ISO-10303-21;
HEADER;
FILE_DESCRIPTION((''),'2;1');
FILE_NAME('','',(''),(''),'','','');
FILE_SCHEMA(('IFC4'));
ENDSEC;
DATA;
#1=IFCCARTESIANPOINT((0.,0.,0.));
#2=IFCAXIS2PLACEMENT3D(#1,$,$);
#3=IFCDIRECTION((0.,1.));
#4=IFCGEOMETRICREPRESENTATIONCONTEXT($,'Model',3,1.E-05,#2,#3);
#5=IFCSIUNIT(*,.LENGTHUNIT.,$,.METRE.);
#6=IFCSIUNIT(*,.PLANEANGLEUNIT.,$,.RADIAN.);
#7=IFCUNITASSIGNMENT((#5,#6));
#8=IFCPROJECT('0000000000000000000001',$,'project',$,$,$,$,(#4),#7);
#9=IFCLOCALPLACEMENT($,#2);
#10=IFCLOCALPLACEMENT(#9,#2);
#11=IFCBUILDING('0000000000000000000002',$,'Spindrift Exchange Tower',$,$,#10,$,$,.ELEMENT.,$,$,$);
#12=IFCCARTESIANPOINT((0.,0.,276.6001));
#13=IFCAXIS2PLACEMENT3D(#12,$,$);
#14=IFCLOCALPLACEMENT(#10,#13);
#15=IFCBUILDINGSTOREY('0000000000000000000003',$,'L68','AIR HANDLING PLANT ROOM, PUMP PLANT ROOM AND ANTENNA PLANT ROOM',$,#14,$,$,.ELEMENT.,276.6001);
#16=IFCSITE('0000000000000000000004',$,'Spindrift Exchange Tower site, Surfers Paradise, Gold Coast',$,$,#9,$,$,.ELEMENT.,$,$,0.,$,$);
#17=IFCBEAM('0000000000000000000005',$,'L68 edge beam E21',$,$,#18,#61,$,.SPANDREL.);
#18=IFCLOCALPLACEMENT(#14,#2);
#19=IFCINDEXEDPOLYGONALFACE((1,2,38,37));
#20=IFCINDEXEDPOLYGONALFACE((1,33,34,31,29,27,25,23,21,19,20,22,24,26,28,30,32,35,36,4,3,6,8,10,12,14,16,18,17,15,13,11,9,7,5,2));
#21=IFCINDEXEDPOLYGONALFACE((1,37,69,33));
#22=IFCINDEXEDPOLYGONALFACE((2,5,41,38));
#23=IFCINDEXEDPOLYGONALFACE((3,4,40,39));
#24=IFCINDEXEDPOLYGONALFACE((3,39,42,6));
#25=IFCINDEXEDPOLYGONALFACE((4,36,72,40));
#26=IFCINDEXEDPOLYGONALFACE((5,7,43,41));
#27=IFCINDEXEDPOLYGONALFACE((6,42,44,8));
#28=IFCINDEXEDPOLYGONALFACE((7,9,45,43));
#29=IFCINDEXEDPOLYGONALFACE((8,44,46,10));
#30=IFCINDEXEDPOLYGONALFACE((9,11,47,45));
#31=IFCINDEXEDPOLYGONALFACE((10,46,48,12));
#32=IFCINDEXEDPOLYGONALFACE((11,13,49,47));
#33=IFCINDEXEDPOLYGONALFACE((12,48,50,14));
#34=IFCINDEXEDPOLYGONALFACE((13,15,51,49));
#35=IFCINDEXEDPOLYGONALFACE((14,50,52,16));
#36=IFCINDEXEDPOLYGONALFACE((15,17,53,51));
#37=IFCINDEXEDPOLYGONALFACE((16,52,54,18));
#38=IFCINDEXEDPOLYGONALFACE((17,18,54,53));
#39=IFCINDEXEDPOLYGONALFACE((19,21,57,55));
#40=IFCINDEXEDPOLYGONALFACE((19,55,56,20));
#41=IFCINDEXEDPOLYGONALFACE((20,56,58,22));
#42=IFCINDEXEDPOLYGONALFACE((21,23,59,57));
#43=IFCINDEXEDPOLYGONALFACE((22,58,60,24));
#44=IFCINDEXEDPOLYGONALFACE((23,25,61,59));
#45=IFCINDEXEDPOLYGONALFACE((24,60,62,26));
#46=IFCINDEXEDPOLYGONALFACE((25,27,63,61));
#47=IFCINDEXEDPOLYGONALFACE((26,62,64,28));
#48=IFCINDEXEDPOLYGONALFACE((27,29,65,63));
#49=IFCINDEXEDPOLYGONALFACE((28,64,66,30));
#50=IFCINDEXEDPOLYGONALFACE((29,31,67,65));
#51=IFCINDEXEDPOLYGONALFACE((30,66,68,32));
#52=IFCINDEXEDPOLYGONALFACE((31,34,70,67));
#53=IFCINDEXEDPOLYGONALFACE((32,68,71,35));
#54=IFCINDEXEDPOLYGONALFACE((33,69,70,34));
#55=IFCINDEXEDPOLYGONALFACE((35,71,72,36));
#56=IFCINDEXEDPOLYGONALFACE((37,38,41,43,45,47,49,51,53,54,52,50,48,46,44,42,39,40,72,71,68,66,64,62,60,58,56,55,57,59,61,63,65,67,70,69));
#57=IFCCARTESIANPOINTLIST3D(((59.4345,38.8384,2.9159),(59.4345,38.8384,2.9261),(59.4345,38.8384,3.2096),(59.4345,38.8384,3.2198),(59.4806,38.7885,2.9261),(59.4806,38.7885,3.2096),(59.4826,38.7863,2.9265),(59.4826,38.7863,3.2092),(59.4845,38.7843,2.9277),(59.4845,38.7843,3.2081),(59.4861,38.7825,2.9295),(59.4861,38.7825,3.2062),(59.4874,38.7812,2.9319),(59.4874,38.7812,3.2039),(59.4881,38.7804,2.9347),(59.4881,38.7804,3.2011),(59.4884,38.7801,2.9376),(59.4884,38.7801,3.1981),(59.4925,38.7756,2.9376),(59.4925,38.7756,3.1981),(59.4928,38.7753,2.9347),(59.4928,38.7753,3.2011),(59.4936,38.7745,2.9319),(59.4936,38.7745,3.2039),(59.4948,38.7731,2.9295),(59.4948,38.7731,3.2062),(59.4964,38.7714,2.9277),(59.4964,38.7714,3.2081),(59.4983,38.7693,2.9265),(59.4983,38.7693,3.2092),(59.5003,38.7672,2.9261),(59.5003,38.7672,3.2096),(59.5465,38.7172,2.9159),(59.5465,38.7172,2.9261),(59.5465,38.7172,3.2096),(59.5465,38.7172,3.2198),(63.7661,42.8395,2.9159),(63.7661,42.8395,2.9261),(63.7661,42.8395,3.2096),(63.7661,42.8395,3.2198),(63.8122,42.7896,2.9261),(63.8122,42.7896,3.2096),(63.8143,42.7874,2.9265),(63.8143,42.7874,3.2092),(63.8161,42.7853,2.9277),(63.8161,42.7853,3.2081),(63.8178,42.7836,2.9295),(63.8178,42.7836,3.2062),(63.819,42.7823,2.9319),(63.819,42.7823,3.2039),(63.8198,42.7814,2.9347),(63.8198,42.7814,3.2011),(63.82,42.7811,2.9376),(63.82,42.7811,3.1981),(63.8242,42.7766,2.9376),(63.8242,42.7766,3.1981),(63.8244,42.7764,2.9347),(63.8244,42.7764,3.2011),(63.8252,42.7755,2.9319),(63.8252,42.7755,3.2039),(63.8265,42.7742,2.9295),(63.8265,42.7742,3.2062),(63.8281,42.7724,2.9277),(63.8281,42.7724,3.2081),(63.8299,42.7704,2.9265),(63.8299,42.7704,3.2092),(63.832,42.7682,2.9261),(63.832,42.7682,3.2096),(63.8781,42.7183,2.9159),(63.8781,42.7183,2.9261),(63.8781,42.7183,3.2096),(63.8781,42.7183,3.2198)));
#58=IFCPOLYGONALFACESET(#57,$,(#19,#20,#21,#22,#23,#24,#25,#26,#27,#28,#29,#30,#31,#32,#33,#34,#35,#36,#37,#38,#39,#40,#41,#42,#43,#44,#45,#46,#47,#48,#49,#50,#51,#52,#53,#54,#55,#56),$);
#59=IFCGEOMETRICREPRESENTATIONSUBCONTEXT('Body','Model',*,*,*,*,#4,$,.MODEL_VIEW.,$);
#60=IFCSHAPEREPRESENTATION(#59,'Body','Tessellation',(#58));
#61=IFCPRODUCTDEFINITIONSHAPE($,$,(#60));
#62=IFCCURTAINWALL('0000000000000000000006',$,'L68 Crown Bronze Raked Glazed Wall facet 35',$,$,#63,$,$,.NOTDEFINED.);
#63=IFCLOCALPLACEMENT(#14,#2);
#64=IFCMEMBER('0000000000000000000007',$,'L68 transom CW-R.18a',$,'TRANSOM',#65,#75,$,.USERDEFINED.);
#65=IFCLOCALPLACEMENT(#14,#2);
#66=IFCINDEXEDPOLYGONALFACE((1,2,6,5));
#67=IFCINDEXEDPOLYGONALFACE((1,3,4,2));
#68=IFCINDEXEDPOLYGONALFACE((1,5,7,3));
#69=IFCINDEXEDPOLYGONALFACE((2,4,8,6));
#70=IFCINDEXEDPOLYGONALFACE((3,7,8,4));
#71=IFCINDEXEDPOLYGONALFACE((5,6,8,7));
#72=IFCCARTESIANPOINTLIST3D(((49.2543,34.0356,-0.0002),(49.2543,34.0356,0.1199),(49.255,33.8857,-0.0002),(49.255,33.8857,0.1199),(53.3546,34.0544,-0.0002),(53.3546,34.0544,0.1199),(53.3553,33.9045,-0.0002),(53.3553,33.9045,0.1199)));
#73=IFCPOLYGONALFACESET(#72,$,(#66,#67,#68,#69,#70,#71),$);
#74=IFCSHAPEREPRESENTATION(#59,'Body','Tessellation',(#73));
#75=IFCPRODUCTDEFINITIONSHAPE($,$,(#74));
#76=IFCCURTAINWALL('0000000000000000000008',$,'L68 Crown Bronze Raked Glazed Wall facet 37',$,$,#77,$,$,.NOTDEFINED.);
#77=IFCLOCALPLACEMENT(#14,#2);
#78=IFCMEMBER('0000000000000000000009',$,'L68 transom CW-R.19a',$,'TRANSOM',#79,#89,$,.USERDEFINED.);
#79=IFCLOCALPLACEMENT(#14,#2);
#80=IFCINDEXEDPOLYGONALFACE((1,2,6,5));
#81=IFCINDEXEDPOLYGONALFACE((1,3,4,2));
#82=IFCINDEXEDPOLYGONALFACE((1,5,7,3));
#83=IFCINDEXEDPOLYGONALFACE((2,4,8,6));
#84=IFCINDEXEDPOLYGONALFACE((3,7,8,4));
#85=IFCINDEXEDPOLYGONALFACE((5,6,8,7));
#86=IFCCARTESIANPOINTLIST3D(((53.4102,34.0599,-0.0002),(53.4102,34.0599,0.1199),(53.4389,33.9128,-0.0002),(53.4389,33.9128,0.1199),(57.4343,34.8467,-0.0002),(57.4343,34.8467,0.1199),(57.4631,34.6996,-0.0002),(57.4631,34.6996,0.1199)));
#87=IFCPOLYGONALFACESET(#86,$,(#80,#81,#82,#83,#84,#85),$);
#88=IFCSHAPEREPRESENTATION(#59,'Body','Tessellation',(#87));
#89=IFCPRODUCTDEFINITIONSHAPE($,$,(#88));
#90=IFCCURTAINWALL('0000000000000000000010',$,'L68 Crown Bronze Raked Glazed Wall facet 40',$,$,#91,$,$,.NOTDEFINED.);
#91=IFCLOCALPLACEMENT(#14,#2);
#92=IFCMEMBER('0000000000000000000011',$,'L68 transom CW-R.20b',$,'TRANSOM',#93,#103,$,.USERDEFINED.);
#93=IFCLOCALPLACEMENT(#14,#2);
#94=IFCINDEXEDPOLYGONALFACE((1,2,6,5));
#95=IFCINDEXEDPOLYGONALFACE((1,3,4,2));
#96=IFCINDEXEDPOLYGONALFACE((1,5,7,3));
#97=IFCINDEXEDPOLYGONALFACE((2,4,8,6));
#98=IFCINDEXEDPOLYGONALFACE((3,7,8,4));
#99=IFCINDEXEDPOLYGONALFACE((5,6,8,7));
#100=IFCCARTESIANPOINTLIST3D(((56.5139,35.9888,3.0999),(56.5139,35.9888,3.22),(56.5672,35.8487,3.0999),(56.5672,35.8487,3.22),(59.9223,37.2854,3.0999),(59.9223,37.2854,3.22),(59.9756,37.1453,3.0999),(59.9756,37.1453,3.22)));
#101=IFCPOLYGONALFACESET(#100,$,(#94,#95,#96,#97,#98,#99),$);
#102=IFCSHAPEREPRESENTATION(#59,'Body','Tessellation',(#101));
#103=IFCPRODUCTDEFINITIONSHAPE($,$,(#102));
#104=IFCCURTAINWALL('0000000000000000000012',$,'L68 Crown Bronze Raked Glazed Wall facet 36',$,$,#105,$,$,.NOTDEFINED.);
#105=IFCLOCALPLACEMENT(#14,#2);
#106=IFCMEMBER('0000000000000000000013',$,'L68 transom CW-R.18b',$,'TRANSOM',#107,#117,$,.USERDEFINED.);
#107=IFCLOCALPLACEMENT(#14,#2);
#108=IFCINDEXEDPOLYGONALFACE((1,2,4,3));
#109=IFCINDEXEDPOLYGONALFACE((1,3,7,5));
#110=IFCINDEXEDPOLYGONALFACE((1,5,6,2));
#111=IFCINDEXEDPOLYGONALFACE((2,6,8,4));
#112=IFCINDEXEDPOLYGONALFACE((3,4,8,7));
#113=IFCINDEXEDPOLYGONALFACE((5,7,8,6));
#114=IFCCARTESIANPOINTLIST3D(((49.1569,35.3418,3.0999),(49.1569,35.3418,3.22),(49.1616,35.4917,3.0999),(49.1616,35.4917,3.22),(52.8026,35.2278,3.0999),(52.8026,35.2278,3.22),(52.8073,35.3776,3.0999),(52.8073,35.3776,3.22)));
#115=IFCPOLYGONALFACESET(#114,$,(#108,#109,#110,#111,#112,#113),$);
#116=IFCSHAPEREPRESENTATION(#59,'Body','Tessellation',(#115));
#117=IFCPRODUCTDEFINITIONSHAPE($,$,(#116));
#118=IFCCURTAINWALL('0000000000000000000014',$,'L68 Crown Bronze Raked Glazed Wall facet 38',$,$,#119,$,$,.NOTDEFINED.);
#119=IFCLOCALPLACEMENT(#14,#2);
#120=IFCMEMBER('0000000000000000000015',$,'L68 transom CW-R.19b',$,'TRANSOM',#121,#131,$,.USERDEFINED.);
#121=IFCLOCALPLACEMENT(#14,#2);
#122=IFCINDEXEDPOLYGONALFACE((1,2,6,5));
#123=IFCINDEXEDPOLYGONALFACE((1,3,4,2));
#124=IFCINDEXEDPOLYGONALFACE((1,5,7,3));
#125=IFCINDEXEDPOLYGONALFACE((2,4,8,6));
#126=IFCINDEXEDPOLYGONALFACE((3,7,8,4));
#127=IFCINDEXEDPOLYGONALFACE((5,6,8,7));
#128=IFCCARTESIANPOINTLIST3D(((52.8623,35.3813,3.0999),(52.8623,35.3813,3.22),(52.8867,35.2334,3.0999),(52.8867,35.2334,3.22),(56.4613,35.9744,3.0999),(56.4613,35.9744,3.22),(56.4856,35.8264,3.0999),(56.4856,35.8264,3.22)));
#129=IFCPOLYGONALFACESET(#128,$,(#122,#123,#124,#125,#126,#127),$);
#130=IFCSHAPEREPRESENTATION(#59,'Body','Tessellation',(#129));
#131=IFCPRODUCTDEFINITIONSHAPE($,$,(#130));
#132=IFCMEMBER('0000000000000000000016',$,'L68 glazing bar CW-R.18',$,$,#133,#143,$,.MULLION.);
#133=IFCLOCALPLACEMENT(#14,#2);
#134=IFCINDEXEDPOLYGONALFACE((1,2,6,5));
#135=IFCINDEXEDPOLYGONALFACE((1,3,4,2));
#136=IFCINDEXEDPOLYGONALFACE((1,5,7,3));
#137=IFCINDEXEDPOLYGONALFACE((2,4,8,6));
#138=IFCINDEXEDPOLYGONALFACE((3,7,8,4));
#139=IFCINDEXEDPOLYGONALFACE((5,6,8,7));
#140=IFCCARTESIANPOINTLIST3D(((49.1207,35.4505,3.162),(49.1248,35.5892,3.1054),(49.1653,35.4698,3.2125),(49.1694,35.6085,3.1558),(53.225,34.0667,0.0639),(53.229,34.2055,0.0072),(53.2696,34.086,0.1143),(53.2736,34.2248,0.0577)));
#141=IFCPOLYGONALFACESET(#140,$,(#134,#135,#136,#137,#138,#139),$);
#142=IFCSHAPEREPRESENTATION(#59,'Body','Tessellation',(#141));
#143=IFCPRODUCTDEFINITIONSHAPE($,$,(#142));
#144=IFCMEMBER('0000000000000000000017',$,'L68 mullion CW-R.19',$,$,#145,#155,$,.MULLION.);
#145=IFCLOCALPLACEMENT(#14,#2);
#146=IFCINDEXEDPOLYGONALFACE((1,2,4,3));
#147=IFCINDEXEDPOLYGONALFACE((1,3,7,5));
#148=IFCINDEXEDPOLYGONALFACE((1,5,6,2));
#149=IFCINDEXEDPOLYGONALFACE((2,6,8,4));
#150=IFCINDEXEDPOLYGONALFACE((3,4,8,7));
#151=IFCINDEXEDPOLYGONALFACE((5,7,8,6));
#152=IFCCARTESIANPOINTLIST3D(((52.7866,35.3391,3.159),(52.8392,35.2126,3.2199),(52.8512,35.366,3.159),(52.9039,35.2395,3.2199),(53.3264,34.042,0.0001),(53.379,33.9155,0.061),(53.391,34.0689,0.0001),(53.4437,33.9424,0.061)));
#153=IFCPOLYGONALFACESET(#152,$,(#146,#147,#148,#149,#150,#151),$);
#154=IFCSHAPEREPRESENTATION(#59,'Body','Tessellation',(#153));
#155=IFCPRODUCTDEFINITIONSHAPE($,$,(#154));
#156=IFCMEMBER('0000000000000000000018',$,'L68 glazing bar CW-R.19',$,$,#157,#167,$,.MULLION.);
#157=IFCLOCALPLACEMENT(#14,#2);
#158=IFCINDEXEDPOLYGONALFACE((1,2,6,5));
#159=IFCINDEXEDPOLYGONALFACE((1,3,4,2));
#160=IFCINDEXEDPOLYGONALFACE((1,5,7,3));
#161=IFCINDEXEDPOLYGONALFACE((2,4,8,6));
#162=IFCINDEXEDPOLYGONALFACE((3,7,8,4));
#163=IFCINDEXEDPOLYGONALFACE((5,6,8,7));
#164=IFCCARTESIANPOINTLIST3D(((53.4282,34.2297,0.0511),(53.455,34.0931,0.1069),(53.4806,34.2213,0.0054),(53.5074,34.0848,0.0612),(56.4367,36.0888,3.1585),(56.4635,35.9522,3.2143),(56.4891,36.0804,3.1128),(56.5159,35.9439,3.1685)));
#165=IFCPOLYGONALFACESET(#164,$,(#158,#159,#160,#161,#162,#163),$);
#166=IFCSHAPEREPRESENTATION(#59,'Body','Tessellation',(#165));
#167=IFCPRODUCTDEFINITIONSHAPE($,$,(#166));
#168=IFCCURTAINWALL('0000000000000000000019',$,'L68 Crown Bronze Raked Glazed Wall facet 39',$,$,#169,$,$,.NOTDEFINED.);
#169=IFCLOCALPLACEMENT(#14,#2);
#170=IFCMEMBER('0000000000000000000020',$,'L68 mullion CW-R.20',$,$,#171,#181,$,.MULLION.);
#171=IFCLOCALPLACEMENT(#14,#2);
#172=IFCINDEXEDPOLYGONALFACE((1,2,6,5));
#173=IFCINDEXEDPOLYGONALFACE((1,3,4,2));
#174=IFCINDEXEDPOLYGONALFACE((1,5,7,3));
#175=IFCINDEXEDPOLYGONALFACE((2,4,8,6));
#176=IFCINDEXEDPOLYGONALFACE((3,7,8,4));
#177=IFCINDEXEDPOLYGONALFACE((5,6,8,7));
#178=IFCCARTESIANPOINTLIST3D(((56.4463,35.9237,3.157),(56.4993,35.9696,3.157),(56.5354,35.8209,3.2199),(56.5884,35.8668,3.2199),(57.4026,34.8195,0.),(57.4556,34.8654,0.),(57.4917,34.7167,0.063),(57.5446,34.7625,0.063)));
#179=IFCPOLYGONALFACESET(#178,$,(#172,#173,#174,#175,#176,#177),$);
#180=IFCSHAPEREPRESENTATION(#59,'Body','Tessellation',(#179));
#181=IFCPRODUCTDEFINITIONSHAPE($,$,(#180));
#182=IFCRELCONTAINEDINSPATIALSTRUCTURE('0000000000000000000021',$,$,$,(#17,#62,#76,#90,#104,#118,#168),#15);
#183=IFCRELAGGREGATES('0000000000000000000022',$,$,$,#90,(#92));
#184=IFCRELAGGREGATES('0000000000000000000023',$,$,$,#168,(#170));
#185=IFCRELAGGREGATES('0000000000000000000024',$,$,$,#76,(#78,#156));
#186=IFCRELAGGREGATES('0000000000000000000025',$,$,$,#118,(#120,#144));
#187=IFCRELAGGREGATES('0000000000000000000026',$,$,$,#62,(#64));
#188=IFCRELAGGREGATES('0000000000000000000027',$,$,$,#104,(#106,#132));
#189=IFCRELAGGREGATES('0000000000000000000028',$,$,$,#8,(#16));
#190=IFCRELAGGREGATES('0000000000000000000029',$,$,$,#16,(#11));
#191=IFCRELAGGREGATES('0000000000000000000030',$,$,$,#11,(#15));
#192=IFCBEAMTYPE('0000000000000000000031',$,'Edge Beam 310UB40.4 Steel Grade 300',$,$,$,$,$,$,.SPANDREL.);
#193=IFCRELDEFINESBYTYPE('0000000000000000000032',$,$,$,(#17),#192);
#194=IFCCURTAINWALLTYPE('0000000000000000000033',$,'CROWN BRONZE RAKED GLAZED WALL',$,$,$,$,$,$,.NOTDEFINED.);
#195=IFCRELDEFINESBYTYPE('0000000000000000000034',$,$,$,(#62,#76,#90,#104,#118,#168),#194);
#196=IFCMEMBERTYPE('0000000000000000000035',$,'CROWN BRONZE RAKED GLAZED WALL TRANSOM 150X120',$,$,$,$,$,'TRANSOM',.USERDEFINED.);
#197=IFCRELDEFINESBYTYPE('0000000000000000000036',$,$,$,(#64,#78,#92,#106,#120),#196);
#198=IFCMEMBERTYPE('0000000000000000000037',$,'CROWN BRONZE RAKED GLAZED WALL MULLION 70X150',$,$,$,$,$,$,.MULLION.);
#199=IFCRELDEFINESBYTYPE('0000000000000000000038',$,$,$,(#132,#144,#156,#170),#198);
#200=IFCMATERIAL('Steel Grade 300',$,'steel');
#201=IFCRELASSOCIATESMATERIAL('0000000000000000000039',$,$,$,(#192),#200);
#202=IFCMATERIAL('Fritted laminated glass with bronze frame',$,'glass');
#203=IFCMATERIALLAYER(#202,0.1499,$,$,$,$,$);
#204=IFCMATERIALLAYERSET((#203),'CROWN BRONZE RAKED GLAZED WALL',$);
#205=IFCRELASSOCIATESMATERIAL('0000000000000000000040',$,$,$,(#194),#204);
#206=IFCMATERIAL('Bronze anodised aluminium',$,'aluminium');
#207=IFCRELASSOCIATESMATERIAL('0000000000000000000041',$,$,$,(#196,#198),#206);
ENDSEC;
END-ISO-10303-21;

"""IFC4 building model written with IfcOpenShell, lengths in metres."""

from ifc_helpers import new_model, si_unit, direction, frame, origin, origin_2d, place, context, subcontext, project, spatial, rectangle, i_section, extrude, source, transform, mapped, material, layer, layer_set, material_profile, profile_set, type_object, element, aggregate, save


model = new_model("IFC4")

# Units and contexts
model_context = context("Model", 3, precision=1e-05, world=origin(), true_north=direction((0.0, 1.0)))
body_context = subcontext(model_context, "Body", "Model", "MODEL_VIEW")
ifc_project = project(units=[si_unit("LENGTHUNIT", "METRE"), si_unit("PLANEANGLEUNIT", "RADIAN")], contexts=[model_context])

# Site, building, storey
site_placement = place(None, origin())
site = spatial("IfcSite", under=ifc_project, at=site_placement, Name="Spindrift Exchange Tower site, Surfers Paradise, Gold Coast", CompositionType="ELEMENT", RefElevation=0.0)
building_placement = place(site_placement, origin())
building = spatial("IfcBuilding", under=site, at=building_placement, Name="Spindrift Exchange Tower", CompositionType="ELEMENT")
storey_placement = place(building_placement, frame((0.0, 0.0, 276.6001)))
storey = spatial("IfcBuildingStorey", under=building, at=storey_placement, Name="L68", Description="AIR HANDLING PLANT ROOM, PUMP PLANT ROOM AND ANTENNA PLANT ROOM", CompositionType="ELEMENT", Elevation=276.6001)

# Beam
ifc_material_1 = material(Name="Steel Grade 300", Category="steel")
ifc_material_profile_1 = material_profile(ifc_material_1, i_section(OverallWidth=0.165, OverallDepth=0.304, WebThickness=0.0061, FlangeThickness=0.0103, FilletRadius=0.0115, at=origin_2d()), Name="310UB40.4")
ifc_profile_set_1 = profile_set([ifc_material_profile_1], Name="Steel Grade 300")
beam_type_1 = type_object("IfcBeamType", Name="Edge Beam 310UB40.4 Steel Grade 300", PredefinedType="SPANDREL", material=ifc_profile_set_1)
shared_shape_1 = source(origin(), body_context, "Body", "SweptSolid", [
    extrude(i_section(OverallWidth=0.165, OverallDepth=0.304, WebThickness=0.0061, FlangeThickness=0.0103, FilletRadius=0.0115, at=origin_2d()), origin(), (0.0, 0.0, 1.0), 5.8967),
])
beam_1_placement = place(storey_placement, frame((59.4905, 38.7778, 3.0679), z_axis=(0.734581, 0.678521, 0.0), x_axis=(-0.678521, 0.734581, 0.0)))
element("IfcBeam", 1, at=beam_1_placement, inside=storey, type_object=beam_type_1, Name="L68 edge beam E21", PredefinedType="SPANDREL", context=body_context, shape_type="MappedRepresentation", body=[
    mapped(shared_shape_1, transform((0.0, 0.0, 0.0), scale=1.0)),
])

# Curtain walls, members
ifc_material_2 = material(Name="Fritted laminated glass with bronze frame", Category="glass")
ifc_layer_1 = layer(ifc_material_2, 0.1499)
ifc_layer_set_1 = layer_set([ifc_layer_1], Name="CROWN BRONZE RAKED GLAZED WALL")
curtain_wall_type = type_object("IfcCurtainWallType", Name="CROWN BRONZE RAKED GLAZED WALL", PredefinedType="NOTDEFINED", material=ifc_layer_set_1)
curtain_wall_1_placement = place(storey_placement, origin())
curtain_wall_1 = element("IfcCurtainWall", 2, at=curtain_wall_1_placement, inside=storey, type_object=curtain_wall_type, Name="L68 Crown Bronze Raked Glazed Wall facet 35", PredefinedType="NOTDEFINED")
ifc_material_3 = material(Name="Bronze anodised aluminium", Category="aluminium")
ifc_material_profile_2 = material_profile(ifc_material_3, rectangle(XDim=0.1499, YDim=0.1201, at=origin_2d()), Name="CROWN BRONZE RAKED GLAZED WALL TRANSOM 150X120")
ifc_profile_set_2 = profile_set([ifc_material_profile_2], Name="Bronze anodised aluminium")
member_type_1 = type_object("IfcMemberType", Name="CROWN BRONZE RAKED GLAZED WALL TRANSOM 150X120", ElementType="TRANSOM", PredefinedType="USERDEFINED", material=ifc_profile_set_2)
shared_shape_2 = source(origin(), body_context, "Body", "SweptSolid", [
    extrude(rectangle(XDim=0.1499, YDim=0.1201, at=origin_2d()), origin(), (0.0, 0.0, 1.0), 4.1003),
])
member_1_placement = place(storey_placement, frame((53.355, 33.9795, 0.0598), z_axis=(-0.999989, -0.004585, 0.0), x_axis=(0.004585, -0.999989, 0.0)))
member_1 = element("IfcMember", 3, at=member_1_placement, type_object=member_type_1, Name="L68 transom CW-R.18a", ObjectType="TRANSOM", PredefinedType="USERDEFINED", context=body_context, shape_type="MappedRepresentation", body=[
    mapped(shared_shape_2, transform((0.0, 0.0, 0.0), scale=1.0)),
])
curtain_wall_2_placement = place(storey_placement, origin())
curtain_wall_2 = element("IfcCurtainWall", 4, at=curtain_wall_2_placement, inside=storey, type_object=curtain_wall_type, Name="L68 Crown Bronze Raked Glazed Wall facet 37", PredefinedType="NOTDEFINED")
member_2_placement = place(storey_placement, frame((53.4246, 33.9863, 0.0598), z_axis=(0.981414, 0.191901, 0.0), x_axis=(-0.191901, 0.981414, 0.0)))
member_2 = element("IfcMember", 5, at=member_2_placement, type_object=member_type_1, Name="L68 transom CW-R.19a", ObjectType="TRANSOM", PredefinedType="USERDEFINED", context=body_context, shape_type="MappedRepresentation", body=[
    mapped(shared_shape_2, transform((0.0, 0.0, 0.0), scale=1.0)),
])
curtain_wall_3_placement = place(storey_placement, origin())
curtain_wall_3 = element("IfcCurtainWall", 6, at=curtain_wall_3_placement, inside=storey, type_object=curtain_wall_type, Name="L68 Crown Bronze Raked Glazed Wall facet 40", PredefinedType="NOTDEFINED")
shared_shape_3 = source(origin(), body_context, "Body", "SweptSolid", [
    extrude(rectangle(XDim=0.1499, YDim=0.1201, at=origin_2d()), origin(), (0.0, 0.0, 1.0), 3.6467),
])
member_3_placement = place(storey_placement, frame((59.949, 37.2153, 3.1599), z_axis=(-0.934654, -0.355558, 0.0), x_axis=(0.355558, -0.934654, 0.0)))
member_3 = element("IfcMember", 7, at=member_3_placement, type_object=member_type_1, Name="L68 transom CW-R.20b", ObjectType="TRANSOM", PredefinedType="USERDEFINED", context=body_context, shape_type="MappedRepresentation", body=[
    mapped(shared_shape_3, transform((0.0, 0.0, 0.0), scale=1.0)),
])
aggregate(curtain_wall_3, [member_3])
curtain_wall_4_placement = place(storey_placement, origin())
curtain_wall_4 = element("IfcCurtainWall", 8, at=curtain_wall_4_placement, inside=storey, type_object=curtain_wall_type, Name="L68 Crown Bronze Raked Glazed Wall facet 36", PredefinedType="NOTDEFINED")
shared_shape_4 = source(origin(), body_context, "Body", "SweptSolid", [
    extrude(rectangle(XDim=0.1499, YDim=0.1201, at=origin_2d()), origin(), (0.0, 0.0, 1.0), 3.6475),
])
member_4_placement = place(storey_placement, frame((52.8049, 35.3027, 3.1599), z_axis=(-0.999511, 0.031258, 0.0), x_axis=(-0.031258, -0.999511, 0.0)))
member_4 = element("IfcMember", 9, at=member_4_placement, type_object=member_type_1, Name="L68 transom CW-R.18b", ObjectType="TRANSOM", PredefinedType="USERDEFINED", context=body_context, shape_type="MappedRepresentation", body=[
    mapped(shared_shape_4, transform((0.0, 0.0, 0.0), scale=1.0)),
])
curtain_wall_5_placement = place(storey_placement, origin())
curtain_wall_5 = element("IfcCurtainWall", 10, at=curtain_wall_5_placement, inside=storey, type_object=curtain_wall_type, Name="L68 Crown Bronze Raked Glazed Wall facet 38", PredefinedType="NOTDEFINED")
member_5_placement = place(storey_placement, frame((52.8745, 35.3074, 3.1599), z_axis=(0.986694, 0.162586, 0.0), x_axis=(-0.162586, 0.986694, 0.0)))
member_5 = element("IfcMember", 11, at=member_5_placement, type_object=member_type_1, Name="L68 transom CW-R.19b", ObjectType="TRANSOM", PredefinedType="USERDEFINED", context=body_context, shape_type="MappedRepresentation", body=[
    mapped(shared_shape_4, transform((0.0, 0.0, 0.0), scale=1.0)),
])

# Members
ifc_material_profile_3 = material_profile(ifc_material_3, rectangle(XDim=0.0701, YDim=0.1499, at=origin_2d()), Name="CROWN BRONZE RAKED GLAZED WALL MULLION 70X150")
ifc_profile_set_3 = profile_set([ifc_material_profile_3], Name="Bronze anodised aluminium")
member_type_2 = type_object("IfcMemberType", Name="CROWN BRONZE RAKED GLAZED WALL MULLION 70X150", PredefinedType="MULLION", material=ifc_profile_set_3)
shared_shape_5 = source(origin(), body_context, "Body", "SweptSolid", [
    extrude(rectangle(XDim=0.0701, YDim=0.1499, at=origin_2d()), origin(), (0.0, 0.0, 1.0), 5.3252),
])
member_6_placement = place(storey_placement, frame((53.2493, 34.1458, 0.0608), z_axis=(-0.770715, 0.259855, 0.581785), x_axis=(-0.636613, -0.275538, -0.72028)))
member_6 = element("IfcMember", 12, at=member_6_placement, type_object=member_type_2, Name="L68 glazing bar CW-R.18", PredefinedType="MULLION", context=body_context, shape_type="MappedRepresentation", body=[
    mapped(shared_shape_5, transform((0.0, 0.0, 0.0), scale=1.0)),
])
shared_shape_6 = source(origin(), body_context, "Body", "SweptSolid", [
    extrude(rectangle(XDim=0.0701, YDim=0.1499, at=origin_2d()), origin(), (0.0, 0.0, 1.0), 3.4573),
])
member_7_placement = place(storey_placement, frame((53.385, 33.9922, 0.0305), z_axis=(-0.156133, 0.375185, 0.913706), x_axis=(-0.923246, -0.384208, 0.0)))
member_7 = element("IfcMember", 13, at=member_7_placement, type_object=member_type_2, Name="L68 mullion CW-R.19", PredefinedType="MULLION", context=body_context, shape_type="MappedRepresentation", body=[
    mapped(shared_shape_6, transform((0.0, 0.0, 0.0), scale=1.0)),
])
shared_shape_7 = source(origin(), body_context, "Body", "SweptSolid", [
    extrude(rectangle(XDim=0.0701, YDim=0.1499, at=origin_2d()), origin(), (0.0, 0.0, 1.0), 4.7078),
])
member_8_placement = place(storey_placement, frame((53.4678, 34.1572, 0.0562), z_axis=(0.63905, 0.394901, 0.660052), x_axis=(-0.748105, 0.119678, 0.652699)))
member_8 = element("IfcMember", 14, at=member_8_placement, type_object=member_type_2, Name="L68 glazing bar CW-R.19", PredefinedType="MULLION", context=body_context, shape_type="MappedRepresentation", body=[
    mapped(shared_shape_7, transform((0.0, 0.0, 0.0), scale=1.0)),
])

# Curtain wall, member
curtain_wall_6_placement = place(storey_placement, origin())
curtain_wall_6 = element("IfcCurtainWall", 15, at=curtain_wall_6_placement, inside=storey, type_object=curtain_wall_type, Name="L68 Crown Bronze Raked Glazed Wall facet 39", PredefinedType="NOTDEFINED")
shared_shape_8 = source(origin(), body_context, "Body", "SweptSolid", [
    extrude(rectangle(XDim=0.0701, YDim=0.1499, at=origin_2d()), origin(), (0.0, 0.0, 1.0), 3.4785),
])
member_9_placement = place(storey_placement, frame((57.4736, 34.791, 0.0315), z_axis=(-0.274912, 0.317444, 0.907553), x_axis=(-0.755932, -0.654651, 0.0)))
member_9 = element("IfcMember", 16, at=member_9_placement, type_object=member_type_2, Name="L68 mullion CW-R.20", PredefinedType="MULLION", context=body_context, shape_type="MappedRepresentation", body=[
    mapped(shared_shape_8, transform((0.0, 0.0, 0.0), scale=1.0)),
])
aggregate(curtain_wall_6, [member_9])

aggregate(curtain_wall_2, [member_2, member_8])
aggregate(curtain_wall_5, [member_5, member_7])
aggregate(curtain_wall_1, [member_1])
aggregate(curtain_wall_4, [member_4, member_6])

save(model, "model.ifc")
